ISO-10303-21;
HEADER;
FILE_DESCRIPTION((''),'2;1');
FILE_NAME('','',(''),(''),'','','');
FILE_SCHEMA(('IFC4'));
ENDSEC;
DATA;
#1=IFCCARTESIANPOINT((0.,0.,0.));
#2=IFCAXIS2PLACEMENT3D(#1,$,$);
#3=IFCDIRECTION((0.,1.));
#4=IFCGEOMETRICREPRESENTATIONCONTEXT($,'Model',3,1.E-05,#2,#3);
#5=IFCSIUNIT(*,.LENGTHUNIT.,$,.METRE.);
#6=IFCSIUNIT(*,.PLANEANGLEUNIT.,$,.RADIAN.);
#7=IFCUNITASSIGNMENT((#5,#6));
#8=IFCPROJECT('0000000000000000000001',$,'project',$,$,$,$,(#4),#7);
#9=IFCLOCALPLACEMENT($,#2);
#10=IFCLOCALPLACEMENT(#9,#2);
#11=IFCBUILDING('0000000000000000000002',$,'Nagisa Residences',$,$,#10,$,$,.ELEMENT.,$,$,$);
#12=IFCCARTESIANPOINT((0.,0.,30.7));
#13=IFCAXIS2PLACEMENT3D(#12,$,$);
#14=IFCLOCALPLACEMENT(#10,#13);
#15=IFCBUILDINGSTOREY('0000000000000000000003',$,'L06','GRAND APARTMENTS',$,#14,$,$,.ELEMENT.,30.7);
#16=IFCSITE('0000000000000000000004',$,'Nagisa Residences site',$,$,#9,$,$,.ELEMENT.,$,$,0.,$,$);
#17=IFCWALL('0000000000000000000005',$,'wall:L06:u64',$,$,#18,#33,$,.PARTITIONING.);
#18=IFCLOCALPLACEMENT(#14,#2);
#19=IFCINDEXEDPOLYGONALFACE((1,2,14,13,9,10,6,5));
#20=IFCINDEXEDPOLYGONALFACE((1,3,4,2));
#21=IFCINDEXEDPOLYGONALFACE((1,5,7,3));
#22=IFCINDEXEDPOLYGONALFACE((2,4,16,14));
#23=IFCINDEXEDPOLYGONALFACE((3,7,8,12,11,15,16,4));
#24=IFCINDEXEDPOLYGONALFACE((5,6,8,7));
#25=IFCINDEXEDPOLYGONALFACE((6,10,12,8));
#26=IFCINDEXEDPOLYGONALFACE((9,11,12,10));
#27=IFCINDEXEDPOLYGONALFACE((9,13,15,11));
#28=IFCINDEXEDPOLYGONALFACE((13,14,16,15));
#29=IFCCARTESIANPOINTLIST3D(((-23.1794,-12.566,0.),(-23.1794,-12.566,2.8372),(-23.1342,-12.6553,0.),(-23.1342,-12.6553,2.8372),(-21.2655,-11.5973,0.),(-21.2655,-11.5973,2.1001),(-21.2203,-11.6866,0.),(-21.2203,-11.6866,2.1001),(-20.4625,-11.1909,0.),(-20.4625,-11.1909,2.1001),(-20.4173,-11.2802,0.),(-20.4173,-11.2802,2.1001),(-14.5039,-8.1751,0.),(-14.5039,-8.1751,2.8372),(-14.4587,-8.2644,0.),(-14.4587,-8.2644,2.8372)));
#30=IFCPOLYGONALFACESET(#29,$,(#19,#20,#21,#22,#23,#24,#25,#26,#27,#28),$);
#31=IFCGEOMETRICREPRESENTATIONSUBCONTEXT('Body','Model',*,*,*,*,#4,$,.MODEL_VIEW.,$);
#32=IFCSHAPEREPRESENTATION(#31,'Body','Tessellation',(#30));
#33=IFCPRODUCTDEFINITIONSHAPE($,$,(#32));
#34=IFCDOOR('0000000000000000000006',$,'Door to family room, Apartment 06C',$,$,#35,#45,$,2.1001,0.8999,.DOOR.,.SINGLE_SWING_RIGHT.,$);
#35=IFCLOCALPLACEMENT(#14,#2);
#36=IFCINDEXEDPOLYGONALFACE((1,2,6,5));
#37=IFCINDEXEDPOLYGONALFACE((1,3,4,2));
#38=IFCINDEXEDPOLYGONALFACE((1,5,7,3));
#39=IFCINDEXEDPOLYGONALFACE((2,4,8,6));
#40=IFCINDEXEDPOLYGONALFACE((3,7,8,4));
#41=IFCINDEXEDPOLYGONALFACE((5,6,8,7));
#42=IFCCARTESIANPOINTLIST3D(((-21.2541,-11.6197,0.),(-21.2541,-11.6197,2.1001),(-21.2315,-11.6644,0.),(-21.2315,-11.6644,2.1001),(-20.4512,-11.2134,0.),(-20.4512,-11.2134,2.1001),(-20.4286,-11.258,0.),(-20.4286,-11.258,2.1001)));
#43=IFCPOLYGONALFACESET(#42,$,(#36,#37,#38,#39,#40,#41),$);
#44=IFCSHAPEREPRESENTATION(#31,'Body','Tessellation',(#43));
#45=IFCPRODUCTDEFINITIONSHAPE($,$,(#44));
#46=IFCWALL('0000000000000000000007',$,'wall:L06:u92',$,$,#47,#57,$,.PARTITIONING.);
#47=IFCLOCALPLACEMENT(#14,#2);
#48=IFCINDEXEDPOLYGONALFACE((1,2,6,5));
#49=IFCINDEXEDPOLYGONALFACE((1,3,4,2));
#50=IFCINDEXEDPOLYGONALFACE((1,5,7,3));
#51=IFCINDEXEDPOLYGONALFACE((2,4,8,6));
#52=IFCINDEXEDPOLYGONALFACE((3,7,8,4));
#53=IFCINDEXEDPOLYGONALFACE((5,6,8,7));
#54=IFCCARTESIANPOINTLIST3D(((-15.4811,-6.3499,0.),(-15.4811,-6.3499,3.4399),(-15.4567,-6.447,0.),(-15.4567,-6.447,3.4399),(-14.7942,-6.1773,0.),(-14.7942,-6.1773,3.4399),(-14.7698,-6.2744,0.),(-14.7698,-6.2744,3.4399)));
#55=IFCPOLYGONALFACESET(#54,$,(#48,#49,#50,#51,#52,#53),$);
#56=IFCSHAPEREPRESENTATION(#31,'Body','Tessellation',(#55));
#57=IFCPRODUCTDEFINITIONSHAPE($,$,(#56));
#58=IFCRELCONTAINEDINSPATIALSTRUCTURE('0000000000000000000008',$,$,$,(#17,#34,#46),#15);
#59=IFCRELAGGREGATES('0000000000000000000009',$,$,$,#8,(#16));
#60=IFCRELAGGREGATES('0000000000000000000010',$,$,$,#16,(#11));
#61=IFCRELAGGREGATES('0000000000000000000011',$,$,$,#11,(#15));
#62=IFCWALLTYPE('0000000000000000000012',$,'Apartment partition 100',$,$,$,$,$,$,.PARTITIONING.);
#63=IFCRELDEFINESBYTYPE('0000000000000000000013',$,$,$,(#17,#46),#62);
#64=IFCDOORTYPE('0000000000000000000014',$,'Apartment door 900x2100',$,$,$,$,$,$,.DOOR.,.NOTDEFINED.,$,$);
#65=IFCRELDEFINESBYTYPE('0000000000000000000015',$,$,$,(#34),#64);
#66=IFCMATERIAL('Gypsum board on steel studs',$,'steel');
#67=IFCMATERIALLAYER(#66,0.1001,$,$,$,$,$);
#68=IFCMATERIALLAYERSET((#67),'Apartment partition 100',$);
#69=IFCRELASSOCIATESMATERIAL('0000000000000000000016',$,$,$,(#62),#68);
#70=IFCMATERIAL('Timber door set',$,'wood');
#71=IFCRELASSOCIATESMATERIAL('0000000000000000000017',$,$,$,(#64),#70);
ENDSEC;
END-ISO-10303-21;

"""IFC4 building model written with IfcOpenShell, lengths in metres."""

from ifc_helpers import new_model, si_unit, direction, frame, frame_2d, origin, place, context, subcontext, project, spatial, rectangle, extrude, material, layer, layer_set, type_object, element, fill, save


model = new_model("IFC4")

# Units and contexts
model_context = context("Model", 3, precision=1e-05, world=origin(), true_north=direction((0.0, 1.0)))
body_context = subcontext(model_context, "Body", "Model", "MODEL_VIEW")
ifc_project = project(units=[si_unit("LENGTHUNIT", "METRE"), si_unit("PLANEANGLEUNIT", "RADIAN")], contexts=[model_context])

# Site, building, storey
site_placement = place(None, origin())
site = spatial("IfcSite", under=ifc_project, at=site_placement, Name="Nagisa Residences site", CompositionType="ELEMENT", RefElevation=0.0)
building_placement = place(site_placement, origin())
building = spatial("IfcBuilding", under=site, at=building_placement, Name="Nagisa Residences", CompositionType="ELEMENT")
storey_placement = place(building_placement, frame((0.0, 0.0, 30.7)))
storey = spatial("IfcBuildingStorey", under=building, at=storey_placement, Name="L06", Description="GRAND APARTMENTS", CompositionType="ELEMENT", Elevation=30.7)

# Shared definitions
ifc_material_1 = material(Name="Gypsum board on steel studs", Category="steel")
ifc_layer_1 = layer(ifc_material_1, 0.1001)
ifc_layer_set_1 = layer_set([ifc_layer_1], Name="Apartment partition 100")
wall_type_1 = type_object("IfcWallType", Name="Apartment partition 100", PredefinedType="PARTITIONING", material=ifc_layer_set_1)
ifc_material_2 = material(Name="Timber door set", Category="wood")
door_type_1 = type_object("IfcDoorType", Name="Apartment door 900x2100", OperationType="NOTDEFINED", PredefinedType="DOOR", material=ifc_material_2)

# Wall, opening, door
wall_1_placement = place(storey_placement, frame((-14.4812, -8.2197, 0.0), z_axis=(0.0, 0.0, 1.0), x_axis=(-0.892232, -0.451577, 0.0)))
wall_1 = element("IfcWall", 1, at=wall_1_placement, inside=storey, type_object=wall_type_1, Name="wall:L06:u64", PredefinedType="PARTITIONING", context=body_context, shape_type="SweptSolid", body=[
    extrude(rectangle(XDim=9.7234, YDim=0.1001, at=frame_2d((4.8618, 0.0))), origin(), (0.0, 0.0, 1.0), 2.8372),
])
opening_1_placement = place(wall_1_placement, frame((6.6785, 0.0, 0.0)))
opening_1 = element("IfcOpeningElement", 2, at=opening_1_placement, cuts=wall_1, PredefinedType="OPENING", context=body_context, shape_type="SweptSolid", body=[
    extrude(rectangle(XDim=0.8999, YDim=2.1001, at=frame_2d((0.45, 1.05))), frame((0.0, 0.0601, 0.0), z_axis=(0.0, -1.0, 0.0), x_axis=(1.0, 0.0, 0.0)), (0.0, 0.0, 1.0), 0.1201),
])
door_1_placement = place(opening_1_placement, frame((0.8999, 0.0, 0.0), x_axis=(-1.0, 0.0, 0.0)))
door_1 = element("IfcDoor", 3, at=door_1_placement, inside=storey, type_object=door_type_1, Name="Door to family room, Apartment 06C", OperationType="SINGLE_SWING_RIGHT", OverallHeight=2.1001, OverallWidth=0.8999, PredefinedType="DOOR", context=body_context, shape_type="SweptSolid", body=[
    extrude(rectangle(XDim=0.8999, YDim=2.1001, at=frame_2d((0.45, 1.05))), frame((0.0, 0.0249, 0.0), z_axis=(0.0, -1.0, 0.0), x_axis=(1.0, 0.0, 0.0)), (0.0, 0.0, 1.0), 0.05),
])
fill(opening_1, door_1)

# Wall
wall_2_placement = place(storey_placement, frame((-15.4688, -6.3984, 0.0), z_axis=(0.0, 0.0, 1.0), x_axis=(0.969858, 0.243671, 0.0)))
element("IfcWall", 4, at=wall_2_placement, inside=storey, type_object=wall_type_1, Name="wall:L06:u92", PredefinedType="PARTITIONING", context=body_context, shape_type="SweptSolid", body=[
    extrude(rectangle(XDim=0.7083, YDim=0.1001, at=frame_2d((0.354, 0.0))), origin(), (0.0, 0.0, 1.0), 3.4399),
])

save(model, "model.ifc")
